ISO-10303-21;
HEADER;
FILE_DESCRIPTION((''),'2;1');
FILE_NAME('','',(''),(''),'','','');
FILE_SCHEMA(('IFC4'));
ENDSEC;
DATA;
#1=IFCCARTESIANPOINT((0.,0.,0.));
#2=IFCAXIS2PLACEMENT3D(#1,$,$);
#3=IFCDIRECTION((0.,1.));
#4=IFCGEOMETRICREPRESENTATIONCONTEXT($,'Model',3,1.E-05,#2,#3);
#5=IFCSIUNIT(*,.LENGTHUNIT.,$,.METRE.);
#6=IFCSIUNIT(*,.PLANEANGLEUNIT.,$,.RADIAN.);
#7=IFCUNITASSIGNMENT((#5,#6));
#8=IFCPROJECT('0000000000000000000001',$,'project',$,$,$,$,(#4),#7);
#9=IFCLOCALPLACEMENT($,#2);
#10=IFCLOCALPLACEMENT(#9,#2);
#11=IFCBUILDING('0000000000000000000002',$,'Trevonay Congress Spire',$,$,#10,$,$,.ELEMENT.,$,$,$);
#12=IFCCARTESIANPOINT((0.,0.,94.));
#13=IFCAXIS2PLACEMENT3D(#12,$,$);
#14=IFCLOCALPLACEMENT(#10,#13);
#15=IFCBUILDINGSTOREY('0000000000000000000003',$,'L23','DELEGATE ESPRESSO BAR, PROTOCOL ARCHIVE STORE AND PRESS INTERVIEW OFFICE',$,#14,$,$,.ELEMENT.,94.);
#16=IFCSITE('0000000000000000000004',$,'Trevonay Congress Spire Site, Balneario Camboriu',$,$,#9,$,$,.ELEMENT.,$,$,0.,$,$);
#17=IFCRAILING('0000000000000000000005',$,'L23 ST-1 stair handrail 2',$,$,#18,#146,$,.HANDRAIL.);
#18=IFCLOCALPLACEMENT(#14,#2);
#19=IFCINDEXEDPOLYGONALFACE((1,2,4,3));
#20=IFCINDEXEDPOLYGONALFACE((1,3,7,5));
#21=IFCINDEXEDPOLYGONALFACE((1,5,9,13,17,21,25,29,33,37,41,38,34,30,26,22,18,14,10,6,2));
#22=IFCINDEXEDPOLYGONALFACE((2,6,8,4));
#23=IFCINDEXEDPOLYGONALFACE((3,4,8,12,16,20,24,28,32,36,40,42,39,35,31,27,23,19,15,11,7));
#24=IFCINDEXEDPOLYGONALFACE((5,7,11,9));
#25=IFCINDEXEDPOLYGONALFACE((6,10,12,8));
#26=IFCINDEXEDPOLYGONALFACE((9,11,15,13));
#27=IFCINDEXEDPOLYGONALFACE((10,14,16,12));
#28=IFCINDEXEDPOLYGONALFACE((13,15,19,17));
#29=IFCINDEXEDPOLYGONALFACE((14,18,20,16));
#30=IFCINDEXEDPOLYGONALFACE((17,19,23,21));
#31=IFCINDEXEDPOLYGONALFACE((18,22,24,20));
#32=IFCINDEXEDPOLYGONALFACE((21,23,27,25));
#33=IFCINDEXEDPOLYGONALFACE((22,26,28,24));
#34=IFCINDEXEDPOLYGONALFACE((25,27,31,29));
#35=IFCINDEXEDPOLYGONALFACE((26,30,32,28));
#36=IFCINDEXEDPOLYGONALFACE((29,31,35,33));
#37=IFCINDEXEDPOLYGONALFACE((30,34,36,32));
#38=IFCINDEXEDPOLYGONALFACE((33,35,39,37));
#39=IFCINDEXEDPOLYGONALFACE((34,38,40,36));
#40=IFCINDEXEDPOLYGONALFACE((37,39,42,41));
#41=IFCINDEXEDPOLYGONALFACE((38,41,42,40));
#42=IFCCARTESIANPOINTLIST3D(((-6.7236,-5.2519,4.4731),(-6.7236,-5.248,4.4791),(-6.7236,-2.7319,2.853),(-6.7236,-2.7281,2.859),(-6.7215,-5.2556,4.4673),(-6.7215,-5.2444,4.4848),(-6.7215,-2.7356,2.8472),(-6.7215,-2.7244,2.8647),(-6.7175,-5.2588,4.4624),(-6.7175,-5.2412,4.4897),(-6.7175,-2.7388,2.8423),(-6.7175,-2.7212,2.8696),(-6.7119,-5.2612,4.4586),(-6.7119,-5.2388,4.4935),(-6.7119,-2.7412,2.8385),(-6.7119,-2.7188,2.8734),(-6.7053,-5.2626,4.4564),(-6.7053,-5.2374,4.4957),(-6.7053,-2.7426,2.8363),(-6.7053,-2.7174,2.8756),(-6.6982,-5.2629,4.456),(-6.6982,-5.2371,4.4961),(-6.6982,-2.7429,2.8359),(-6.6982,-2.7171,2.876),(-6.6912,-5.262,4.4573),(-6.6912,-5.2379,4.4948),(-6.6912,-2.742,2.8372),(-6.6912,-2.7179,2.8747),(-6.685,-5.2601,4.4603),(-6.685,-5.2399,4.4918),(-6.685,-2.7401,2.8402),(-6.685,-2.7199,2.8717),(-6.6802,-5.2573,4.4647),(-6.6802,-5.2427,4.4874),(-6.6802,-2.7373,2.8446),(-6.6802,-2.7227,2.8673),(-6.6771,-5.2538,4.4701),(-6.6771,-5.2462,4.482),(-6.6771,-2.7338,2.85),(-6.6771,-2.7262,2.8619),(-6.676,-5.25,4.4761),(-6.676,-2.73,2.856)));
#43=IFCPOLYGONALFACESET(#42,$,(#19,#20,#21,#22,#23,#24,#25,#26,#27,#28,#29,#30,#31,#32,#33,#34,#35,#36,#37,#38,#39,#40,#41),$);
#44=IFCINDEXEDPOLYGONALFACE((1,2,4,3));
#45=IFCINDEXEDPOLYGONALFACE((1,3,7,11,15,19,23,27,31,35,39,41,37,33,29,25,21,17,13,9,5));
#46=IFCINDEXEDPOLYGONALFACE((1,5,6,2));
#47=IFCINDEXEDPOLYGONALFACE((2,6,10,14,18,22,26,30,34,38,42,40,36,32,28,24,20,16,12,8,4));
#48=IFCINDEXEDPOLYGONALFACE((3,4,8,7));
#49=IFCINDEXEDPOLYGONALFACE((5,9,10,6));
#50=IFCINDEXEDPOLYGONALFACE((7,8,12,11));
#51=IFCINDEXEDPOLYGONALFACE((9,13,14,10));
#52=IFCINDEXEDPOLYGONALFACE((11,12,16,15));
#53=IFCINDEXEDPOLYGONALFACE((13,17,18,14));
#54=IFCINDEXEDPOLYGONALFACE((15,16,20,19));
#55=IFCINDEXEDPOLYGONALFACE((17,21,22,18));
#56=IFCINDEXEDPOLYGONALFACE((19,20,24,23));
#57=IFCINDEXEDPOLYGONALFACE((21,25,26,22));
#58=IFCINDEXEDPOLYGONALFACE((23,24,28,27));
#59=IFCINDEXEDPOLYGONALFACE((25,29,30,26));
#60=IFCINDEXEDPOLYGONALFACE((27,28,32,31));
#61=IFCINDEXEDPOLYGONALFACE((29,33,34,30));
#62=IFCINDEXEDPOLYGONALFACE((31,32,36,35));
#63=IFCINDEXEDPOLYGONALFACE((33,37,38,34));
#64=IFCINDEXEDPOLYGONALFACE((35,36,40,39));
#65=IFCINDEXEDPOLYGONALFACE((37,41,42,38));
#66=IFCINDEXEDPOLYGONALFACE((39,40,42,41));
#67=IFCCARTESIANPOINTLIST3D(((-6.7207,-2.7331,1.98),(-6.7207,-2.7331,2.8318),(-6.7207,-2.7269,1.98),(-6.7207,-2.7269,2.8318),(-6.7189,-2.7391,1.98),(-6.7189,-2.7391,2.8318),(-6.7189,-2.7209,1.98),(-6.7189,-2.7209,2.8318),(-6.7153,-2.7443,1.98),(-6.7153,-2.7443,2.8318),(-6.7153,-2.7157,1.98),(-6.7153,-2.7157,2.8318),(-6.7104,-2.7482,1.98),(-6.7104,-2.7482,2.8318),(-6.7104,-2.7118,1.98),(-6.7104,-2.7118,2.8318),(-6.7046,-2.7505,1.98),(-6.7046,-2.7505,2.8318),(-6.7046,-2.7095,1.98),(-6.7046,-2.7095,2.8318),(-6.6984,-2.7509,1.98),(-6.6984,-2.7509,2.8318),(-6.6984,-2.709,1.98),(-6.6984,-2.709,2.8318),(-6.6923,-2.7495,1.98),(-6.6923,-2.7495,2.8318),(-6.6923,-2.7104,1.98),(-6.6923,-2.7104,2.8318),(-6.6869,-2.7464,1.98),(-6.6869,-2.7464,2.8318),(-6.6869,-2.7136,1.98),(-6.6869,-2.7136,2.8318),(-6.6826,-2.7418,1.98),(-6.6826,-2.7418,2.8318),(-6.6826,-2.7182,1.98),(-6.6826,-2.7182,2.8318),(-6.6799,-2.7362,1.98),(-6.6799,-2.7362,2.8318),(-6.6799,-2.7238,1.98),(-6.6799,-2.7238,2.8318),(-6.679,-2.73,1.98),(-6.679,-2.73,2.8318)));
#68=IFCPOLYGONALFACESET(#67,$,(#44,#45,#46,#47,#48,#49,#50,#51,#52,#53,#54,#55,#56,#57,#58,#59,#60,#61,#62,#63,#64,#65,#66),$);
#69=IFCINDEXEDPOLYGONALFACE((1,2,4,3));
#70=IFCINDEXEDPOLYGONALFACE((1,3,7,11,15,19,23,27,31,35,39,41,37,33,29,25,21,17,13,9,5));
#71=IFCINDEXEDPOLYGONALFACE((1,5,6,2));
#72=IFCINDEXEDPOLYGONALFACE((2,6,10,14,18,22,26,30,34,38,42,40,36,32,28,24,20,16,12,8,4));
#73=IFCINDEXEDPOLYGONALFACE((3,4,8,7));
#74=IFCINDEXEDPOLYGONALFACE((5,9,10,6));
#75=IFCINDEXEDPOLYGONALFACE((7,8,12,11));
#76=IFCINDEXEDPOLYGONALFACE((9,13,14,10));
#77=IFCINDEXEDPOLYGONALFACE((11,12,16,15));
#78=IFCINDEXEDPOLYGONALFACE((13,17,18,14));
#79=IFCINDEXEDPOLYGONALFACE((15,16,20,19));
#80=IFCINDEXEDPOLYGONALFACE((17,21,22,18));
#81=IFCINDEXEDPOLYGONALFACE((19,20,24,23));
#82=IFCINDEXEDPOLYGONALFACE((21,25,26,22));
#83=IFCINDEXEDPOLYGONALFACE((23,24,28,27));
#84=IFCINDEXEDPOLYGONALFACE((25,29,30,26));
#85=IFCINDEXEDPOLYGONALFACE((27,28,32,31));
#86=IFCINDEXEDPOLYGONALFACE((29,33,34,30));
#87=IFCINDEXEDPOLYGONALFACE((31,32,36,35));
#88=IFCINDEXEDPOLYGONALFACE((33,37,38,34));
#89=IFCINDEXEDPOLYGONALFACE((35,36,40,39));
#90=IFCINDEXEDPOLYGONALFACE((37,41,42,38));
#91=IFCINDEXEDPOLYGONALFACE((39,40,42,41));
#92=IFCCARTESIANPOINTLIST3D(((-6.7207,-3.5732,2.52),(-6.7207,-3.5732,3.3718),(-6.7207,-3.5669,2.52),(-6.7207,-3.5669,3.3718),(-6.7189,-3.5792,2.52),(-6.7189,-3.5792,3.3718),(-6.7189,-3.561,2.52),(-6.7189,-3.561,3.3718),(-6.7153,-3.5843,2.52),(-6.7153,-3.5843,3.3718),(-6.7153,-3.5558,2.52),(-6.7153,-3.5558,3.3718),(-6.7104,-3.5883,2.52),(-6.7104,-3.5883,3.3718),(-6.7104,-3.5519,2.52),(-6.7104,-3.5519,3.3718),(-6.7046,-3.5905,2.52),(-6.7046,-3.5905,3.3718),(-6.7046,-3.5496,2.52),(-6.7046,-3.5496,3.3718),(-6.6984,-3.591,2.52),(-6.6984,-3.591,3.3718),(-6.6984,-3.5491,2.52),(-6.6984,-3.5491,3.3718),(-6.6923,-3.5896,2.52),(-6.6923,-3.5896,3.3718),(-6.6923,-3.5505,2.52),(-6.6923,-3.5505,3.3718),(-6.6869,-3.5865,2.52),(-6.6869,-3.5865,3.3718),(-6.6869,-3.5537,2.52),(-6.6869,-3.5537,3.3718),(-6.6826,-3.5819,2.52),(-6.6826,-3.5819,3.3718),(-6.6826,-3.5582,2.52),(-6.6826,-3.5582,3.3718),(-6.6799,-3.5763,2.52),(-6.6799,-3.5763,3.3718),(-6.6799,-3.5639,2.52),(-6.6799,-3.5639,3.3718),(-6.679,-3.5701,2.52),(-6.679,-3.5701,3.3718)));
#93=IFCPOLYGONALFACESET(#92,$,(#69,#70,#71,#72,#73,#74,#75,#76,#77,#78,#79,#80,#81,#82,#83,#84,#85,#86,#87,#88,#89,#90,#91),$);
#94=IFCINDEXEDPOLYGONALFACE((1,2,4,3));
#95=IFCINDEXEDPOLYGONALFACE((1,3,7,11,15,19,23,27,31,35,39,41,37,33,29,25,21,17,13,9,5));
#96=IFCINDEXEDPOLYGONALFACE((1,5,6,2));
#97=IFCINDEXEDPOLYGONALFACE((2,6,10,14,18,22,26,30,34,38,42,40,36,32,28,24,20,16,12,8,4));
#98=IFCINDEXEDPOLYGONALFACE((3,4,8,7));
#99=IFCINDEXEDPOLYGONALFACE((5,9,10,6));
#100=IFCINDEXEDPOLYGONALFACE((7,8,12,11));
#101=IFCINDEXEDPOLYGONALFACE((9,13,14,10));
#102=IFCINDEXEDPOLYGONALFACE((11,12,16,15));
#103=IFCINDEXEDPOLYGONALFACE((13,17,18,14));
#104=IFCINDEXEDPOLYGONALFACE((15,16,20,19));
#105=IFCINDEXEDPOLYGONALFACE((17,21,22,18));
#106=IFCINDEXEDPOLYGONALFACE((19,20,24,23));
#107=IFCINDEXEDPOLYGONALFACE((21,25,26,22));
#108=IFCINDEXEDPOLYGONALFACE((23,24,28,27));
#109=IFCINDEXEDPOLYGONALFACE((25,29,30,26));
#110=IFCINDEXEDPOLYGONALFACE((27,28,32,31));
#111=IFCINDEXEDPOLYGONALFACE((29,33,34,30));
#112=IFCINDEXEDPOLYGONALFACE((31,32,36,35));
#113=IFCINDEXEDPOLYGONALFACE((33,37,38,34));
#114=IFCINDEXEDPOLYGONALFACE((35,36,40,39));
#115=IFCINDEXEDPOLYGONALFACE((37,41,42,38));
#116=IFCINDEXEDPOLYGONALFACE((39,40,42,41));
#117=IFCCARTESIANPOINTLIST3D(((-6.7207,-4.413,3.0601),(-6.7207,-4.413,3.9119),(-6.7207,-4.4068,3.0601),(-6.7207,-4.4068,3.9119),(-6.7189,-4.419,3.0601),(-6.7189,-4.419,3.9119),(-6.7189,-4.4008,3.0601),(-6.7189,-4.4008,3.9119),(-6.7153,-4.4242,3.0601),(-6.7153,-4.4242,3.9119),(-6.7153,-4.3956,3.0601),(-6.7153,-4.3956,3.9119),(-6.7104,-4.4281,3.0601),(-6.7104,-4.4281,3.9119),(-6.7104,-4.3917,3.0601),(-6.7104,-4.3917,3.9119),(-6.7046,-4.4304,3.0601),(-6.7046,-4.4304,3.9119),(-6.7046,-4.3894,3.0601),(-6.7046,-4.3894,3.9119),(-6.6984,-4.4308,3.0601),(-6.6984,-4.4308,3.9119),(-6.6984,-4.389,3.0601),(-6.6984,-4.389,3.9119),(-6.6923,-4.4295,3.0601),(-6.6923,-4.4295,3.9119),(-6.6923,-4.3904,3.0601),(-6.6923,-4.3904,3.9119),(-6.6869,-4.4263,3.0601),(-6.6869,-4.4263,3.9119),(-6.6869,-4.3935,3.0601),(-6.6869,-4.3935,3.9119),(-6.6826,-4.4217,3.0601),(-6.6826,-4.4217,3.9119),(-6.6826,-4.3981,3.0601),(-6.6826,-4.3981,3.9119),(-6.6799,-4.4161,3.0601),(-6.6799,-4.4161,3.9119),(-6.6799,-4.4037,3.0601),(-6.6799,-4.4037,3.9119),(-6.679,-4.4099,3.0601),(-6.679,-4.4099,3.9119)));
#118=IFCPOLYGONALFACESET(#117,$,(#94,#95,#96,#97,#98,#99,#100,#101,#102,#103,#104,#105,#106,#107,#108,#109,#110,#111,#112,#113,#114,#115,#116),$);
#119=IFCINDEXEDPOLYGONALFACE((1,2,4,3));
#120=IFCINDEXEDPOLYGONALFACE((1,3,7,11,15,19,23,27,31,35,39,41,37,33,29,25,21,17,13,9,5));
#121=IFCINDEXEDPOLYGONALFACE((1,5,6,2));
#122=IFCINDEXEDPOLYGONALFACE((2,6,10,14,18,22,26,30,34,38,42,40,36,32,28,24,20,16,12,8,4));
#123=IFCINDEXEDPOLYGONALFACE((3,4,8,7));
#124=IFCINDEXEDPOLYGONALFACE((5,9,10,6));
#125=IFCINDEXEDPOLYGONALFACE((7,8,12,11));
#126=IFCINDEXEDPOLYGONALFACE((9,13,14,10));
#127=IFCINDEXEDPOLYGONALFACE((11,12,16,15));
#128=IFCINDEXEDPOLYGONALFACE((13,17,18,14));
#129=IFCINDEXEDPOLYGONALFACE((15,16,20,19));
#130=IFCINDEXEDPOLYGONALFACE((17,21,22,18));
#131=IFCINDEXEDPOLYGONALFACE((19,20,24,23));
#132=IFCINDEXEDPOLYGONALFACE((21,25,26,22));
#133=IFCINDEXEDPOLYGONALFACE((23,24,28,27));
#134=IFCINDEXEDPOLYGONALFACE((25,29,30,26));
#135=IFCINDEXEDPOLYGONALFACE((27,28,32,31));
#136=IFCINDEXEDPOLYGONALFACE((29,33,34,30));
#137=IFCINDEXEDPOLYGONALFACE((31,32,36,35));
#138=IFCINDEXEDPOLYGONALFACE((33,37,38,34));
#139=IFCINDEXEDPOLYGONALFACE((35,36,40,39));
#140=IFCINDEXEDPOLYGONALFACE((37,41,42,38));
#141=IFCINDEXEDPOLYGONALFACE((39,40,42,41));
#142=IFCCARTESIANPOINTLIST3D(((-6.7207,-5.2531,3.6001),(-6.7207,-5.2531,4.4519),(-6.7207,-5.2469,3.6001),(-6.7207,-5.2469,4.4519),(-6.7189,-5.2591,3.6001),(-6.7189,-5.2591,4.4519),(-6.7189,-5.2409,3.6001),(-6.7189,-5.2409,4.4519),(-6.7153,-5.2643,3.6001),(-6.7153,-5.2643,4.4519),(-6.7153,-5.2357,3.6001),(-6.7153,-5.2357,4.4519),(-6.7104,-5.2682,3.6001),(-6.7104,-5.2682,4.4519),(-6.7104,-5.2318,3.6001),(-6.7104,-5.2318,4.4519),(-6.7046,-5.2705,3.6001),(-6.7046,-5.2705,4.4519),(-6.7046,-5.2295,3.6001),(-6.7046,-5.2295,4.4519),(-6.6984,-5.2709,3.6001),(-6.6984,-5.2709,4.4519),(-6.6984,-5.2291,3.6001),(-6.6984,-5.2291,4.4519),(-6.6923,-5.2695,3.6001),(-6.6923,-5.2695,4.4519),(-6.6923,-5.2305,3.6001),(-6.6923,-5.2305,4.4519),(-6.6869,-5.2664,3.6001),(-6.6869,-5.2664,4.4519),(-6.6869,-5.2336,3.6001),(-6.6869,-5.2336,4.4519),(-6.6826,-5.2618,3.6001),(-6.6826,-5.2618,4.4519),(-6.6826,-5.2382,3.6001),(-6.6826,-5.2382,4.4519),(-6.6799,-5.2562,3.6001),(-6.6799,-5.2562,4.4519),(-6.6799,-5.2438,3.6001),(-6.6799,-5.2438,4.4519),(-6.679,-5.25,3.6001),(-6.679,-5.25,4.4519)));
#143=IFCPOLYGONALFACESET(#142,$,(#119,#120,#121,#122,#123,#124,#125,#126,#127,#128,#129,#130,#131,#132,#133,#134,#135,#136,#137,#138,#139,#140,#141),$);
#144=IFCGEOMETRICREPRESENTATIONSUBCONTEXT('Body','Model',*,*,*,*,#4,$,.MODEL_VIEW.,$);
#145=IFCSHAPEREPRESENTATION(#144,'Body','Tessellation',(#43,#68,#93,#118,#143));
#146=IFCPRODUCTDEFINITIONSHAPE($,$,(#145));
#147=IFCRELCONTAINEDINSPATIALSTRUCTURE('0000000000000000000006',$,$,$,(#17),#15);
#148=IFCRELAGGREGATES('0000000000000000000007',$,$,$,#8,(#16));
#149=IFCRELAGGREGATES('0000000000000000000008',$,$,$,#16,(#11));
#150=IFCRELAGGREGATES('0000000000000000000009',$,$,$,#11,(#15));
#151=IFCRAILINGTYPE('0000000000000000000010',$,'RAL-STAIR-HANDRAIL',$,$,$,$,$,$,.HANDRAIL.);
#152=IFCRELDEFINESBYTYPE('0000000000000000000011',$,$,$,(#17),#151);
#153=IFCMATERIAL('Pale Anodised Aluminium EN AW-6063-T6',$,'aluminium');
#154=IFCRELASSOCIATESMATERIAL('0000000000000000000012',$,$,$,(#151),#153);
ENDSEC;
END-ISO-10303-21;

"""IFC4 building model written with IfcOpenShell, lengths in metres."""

from ifc_helpers import new_model, si_unit, direction, frame, origin, origin_2d, place, context, subcontext, project, spatial, circle, extrude, material, type_object, element, save


model = new_model("IFC4")

# Units and contexts
model_context = context("Model", 3, precision=1e-05, world=origin(), true_north=direction((0.0, 1.0)))
body_context = subcontext(model_context, "Body", "Model", "MODEL_VIEW")
ifc_project = project(units=[si_unit("LENGTHUNIT", "METRE"), si_unit("PLANEANGLEUNIT", "RADIAN")], contexts=[model_context])

# Site, building, storey
site_placement = place(None, origin())
site = spatial("IfcSite", under=ifc_project, at=site_placement, Name="Trevonay Congress Spire Site, Balneario Camboriu", CompositionType="ELEMENT", RefElevation=0.0)
building_placement = place(site_placement, origin())
building = spatial("IfcBuilding", under=site, at=building_placement, Name="Trevonay Congress Spire", CompositionType="ELEMENT")
storey_placement = place(building_placement, frame((0.0, 0.0, 94.0)))
storey = spatial("IfcBuildingStorey", under=building, at=storey_placement, Name="L23", Description="DELEGATE ESPRESSO BAR, PROTOCOL ARCHIVE STORE AND PRESS INTERVIEW OFFICE", CompositionType="ELEMENT", Elevation=94.0)

# Shared definitions
ifc_material_1 = material(Name="Pale Anodised Aluminium EN AW-6063-T6", Category="aluminium")

# Railing
railing_type_1 = type_object("IfcRailingType", Name="RAL-STAIR-HANDRAIL", PredefinedType="HANDRAIL", material=ifc_material_1)
railing_1_placement = place(storey_placement, frame((-6.7, -2.73, 1.98)))
element("IfcRailing", 1, at=railing_1_placement, inside=storey, type_object=railing_type_1, Name="L23 ST-1 stair handrail 2", PredefinedType="HANDRAIL", context=body_context, shape_type="SweptSolid", body=[
    extrude(circle(Radius=0.0239, at=origin_2d()), frame((0.0, 0.0, 0.876), z_axis=(0.0, -0.841163, 0.540782), x_axis=(1.0, 0.0, 0.0)), (0.0, 0.0, 1.0), 2.9958),
    extrude(circle(Radius=0.021, at=origin_2d()), origin(), (0.0, 0.0, 1.0), 0.8518),
    extrude(circle(Radius=0.021, at=origin_2d()), frame((0.0, -0.8401, 0.54)), (0.0, 0.0, 1.0), 0.8518),
    extrude(circle(Radius=0.021, at=origin_2d()), frame((0.0, -1.6799, 1.0801)), (0.0, 0.0, 1.0), 0.8518),
    extrude(circle(Radius=0.021, at=origin_2d()), frame((0.0, -2.52, 1.6201)), (0.0, 0.0, 1.0), 0.8518),
])

save(model, "model.ifc")
